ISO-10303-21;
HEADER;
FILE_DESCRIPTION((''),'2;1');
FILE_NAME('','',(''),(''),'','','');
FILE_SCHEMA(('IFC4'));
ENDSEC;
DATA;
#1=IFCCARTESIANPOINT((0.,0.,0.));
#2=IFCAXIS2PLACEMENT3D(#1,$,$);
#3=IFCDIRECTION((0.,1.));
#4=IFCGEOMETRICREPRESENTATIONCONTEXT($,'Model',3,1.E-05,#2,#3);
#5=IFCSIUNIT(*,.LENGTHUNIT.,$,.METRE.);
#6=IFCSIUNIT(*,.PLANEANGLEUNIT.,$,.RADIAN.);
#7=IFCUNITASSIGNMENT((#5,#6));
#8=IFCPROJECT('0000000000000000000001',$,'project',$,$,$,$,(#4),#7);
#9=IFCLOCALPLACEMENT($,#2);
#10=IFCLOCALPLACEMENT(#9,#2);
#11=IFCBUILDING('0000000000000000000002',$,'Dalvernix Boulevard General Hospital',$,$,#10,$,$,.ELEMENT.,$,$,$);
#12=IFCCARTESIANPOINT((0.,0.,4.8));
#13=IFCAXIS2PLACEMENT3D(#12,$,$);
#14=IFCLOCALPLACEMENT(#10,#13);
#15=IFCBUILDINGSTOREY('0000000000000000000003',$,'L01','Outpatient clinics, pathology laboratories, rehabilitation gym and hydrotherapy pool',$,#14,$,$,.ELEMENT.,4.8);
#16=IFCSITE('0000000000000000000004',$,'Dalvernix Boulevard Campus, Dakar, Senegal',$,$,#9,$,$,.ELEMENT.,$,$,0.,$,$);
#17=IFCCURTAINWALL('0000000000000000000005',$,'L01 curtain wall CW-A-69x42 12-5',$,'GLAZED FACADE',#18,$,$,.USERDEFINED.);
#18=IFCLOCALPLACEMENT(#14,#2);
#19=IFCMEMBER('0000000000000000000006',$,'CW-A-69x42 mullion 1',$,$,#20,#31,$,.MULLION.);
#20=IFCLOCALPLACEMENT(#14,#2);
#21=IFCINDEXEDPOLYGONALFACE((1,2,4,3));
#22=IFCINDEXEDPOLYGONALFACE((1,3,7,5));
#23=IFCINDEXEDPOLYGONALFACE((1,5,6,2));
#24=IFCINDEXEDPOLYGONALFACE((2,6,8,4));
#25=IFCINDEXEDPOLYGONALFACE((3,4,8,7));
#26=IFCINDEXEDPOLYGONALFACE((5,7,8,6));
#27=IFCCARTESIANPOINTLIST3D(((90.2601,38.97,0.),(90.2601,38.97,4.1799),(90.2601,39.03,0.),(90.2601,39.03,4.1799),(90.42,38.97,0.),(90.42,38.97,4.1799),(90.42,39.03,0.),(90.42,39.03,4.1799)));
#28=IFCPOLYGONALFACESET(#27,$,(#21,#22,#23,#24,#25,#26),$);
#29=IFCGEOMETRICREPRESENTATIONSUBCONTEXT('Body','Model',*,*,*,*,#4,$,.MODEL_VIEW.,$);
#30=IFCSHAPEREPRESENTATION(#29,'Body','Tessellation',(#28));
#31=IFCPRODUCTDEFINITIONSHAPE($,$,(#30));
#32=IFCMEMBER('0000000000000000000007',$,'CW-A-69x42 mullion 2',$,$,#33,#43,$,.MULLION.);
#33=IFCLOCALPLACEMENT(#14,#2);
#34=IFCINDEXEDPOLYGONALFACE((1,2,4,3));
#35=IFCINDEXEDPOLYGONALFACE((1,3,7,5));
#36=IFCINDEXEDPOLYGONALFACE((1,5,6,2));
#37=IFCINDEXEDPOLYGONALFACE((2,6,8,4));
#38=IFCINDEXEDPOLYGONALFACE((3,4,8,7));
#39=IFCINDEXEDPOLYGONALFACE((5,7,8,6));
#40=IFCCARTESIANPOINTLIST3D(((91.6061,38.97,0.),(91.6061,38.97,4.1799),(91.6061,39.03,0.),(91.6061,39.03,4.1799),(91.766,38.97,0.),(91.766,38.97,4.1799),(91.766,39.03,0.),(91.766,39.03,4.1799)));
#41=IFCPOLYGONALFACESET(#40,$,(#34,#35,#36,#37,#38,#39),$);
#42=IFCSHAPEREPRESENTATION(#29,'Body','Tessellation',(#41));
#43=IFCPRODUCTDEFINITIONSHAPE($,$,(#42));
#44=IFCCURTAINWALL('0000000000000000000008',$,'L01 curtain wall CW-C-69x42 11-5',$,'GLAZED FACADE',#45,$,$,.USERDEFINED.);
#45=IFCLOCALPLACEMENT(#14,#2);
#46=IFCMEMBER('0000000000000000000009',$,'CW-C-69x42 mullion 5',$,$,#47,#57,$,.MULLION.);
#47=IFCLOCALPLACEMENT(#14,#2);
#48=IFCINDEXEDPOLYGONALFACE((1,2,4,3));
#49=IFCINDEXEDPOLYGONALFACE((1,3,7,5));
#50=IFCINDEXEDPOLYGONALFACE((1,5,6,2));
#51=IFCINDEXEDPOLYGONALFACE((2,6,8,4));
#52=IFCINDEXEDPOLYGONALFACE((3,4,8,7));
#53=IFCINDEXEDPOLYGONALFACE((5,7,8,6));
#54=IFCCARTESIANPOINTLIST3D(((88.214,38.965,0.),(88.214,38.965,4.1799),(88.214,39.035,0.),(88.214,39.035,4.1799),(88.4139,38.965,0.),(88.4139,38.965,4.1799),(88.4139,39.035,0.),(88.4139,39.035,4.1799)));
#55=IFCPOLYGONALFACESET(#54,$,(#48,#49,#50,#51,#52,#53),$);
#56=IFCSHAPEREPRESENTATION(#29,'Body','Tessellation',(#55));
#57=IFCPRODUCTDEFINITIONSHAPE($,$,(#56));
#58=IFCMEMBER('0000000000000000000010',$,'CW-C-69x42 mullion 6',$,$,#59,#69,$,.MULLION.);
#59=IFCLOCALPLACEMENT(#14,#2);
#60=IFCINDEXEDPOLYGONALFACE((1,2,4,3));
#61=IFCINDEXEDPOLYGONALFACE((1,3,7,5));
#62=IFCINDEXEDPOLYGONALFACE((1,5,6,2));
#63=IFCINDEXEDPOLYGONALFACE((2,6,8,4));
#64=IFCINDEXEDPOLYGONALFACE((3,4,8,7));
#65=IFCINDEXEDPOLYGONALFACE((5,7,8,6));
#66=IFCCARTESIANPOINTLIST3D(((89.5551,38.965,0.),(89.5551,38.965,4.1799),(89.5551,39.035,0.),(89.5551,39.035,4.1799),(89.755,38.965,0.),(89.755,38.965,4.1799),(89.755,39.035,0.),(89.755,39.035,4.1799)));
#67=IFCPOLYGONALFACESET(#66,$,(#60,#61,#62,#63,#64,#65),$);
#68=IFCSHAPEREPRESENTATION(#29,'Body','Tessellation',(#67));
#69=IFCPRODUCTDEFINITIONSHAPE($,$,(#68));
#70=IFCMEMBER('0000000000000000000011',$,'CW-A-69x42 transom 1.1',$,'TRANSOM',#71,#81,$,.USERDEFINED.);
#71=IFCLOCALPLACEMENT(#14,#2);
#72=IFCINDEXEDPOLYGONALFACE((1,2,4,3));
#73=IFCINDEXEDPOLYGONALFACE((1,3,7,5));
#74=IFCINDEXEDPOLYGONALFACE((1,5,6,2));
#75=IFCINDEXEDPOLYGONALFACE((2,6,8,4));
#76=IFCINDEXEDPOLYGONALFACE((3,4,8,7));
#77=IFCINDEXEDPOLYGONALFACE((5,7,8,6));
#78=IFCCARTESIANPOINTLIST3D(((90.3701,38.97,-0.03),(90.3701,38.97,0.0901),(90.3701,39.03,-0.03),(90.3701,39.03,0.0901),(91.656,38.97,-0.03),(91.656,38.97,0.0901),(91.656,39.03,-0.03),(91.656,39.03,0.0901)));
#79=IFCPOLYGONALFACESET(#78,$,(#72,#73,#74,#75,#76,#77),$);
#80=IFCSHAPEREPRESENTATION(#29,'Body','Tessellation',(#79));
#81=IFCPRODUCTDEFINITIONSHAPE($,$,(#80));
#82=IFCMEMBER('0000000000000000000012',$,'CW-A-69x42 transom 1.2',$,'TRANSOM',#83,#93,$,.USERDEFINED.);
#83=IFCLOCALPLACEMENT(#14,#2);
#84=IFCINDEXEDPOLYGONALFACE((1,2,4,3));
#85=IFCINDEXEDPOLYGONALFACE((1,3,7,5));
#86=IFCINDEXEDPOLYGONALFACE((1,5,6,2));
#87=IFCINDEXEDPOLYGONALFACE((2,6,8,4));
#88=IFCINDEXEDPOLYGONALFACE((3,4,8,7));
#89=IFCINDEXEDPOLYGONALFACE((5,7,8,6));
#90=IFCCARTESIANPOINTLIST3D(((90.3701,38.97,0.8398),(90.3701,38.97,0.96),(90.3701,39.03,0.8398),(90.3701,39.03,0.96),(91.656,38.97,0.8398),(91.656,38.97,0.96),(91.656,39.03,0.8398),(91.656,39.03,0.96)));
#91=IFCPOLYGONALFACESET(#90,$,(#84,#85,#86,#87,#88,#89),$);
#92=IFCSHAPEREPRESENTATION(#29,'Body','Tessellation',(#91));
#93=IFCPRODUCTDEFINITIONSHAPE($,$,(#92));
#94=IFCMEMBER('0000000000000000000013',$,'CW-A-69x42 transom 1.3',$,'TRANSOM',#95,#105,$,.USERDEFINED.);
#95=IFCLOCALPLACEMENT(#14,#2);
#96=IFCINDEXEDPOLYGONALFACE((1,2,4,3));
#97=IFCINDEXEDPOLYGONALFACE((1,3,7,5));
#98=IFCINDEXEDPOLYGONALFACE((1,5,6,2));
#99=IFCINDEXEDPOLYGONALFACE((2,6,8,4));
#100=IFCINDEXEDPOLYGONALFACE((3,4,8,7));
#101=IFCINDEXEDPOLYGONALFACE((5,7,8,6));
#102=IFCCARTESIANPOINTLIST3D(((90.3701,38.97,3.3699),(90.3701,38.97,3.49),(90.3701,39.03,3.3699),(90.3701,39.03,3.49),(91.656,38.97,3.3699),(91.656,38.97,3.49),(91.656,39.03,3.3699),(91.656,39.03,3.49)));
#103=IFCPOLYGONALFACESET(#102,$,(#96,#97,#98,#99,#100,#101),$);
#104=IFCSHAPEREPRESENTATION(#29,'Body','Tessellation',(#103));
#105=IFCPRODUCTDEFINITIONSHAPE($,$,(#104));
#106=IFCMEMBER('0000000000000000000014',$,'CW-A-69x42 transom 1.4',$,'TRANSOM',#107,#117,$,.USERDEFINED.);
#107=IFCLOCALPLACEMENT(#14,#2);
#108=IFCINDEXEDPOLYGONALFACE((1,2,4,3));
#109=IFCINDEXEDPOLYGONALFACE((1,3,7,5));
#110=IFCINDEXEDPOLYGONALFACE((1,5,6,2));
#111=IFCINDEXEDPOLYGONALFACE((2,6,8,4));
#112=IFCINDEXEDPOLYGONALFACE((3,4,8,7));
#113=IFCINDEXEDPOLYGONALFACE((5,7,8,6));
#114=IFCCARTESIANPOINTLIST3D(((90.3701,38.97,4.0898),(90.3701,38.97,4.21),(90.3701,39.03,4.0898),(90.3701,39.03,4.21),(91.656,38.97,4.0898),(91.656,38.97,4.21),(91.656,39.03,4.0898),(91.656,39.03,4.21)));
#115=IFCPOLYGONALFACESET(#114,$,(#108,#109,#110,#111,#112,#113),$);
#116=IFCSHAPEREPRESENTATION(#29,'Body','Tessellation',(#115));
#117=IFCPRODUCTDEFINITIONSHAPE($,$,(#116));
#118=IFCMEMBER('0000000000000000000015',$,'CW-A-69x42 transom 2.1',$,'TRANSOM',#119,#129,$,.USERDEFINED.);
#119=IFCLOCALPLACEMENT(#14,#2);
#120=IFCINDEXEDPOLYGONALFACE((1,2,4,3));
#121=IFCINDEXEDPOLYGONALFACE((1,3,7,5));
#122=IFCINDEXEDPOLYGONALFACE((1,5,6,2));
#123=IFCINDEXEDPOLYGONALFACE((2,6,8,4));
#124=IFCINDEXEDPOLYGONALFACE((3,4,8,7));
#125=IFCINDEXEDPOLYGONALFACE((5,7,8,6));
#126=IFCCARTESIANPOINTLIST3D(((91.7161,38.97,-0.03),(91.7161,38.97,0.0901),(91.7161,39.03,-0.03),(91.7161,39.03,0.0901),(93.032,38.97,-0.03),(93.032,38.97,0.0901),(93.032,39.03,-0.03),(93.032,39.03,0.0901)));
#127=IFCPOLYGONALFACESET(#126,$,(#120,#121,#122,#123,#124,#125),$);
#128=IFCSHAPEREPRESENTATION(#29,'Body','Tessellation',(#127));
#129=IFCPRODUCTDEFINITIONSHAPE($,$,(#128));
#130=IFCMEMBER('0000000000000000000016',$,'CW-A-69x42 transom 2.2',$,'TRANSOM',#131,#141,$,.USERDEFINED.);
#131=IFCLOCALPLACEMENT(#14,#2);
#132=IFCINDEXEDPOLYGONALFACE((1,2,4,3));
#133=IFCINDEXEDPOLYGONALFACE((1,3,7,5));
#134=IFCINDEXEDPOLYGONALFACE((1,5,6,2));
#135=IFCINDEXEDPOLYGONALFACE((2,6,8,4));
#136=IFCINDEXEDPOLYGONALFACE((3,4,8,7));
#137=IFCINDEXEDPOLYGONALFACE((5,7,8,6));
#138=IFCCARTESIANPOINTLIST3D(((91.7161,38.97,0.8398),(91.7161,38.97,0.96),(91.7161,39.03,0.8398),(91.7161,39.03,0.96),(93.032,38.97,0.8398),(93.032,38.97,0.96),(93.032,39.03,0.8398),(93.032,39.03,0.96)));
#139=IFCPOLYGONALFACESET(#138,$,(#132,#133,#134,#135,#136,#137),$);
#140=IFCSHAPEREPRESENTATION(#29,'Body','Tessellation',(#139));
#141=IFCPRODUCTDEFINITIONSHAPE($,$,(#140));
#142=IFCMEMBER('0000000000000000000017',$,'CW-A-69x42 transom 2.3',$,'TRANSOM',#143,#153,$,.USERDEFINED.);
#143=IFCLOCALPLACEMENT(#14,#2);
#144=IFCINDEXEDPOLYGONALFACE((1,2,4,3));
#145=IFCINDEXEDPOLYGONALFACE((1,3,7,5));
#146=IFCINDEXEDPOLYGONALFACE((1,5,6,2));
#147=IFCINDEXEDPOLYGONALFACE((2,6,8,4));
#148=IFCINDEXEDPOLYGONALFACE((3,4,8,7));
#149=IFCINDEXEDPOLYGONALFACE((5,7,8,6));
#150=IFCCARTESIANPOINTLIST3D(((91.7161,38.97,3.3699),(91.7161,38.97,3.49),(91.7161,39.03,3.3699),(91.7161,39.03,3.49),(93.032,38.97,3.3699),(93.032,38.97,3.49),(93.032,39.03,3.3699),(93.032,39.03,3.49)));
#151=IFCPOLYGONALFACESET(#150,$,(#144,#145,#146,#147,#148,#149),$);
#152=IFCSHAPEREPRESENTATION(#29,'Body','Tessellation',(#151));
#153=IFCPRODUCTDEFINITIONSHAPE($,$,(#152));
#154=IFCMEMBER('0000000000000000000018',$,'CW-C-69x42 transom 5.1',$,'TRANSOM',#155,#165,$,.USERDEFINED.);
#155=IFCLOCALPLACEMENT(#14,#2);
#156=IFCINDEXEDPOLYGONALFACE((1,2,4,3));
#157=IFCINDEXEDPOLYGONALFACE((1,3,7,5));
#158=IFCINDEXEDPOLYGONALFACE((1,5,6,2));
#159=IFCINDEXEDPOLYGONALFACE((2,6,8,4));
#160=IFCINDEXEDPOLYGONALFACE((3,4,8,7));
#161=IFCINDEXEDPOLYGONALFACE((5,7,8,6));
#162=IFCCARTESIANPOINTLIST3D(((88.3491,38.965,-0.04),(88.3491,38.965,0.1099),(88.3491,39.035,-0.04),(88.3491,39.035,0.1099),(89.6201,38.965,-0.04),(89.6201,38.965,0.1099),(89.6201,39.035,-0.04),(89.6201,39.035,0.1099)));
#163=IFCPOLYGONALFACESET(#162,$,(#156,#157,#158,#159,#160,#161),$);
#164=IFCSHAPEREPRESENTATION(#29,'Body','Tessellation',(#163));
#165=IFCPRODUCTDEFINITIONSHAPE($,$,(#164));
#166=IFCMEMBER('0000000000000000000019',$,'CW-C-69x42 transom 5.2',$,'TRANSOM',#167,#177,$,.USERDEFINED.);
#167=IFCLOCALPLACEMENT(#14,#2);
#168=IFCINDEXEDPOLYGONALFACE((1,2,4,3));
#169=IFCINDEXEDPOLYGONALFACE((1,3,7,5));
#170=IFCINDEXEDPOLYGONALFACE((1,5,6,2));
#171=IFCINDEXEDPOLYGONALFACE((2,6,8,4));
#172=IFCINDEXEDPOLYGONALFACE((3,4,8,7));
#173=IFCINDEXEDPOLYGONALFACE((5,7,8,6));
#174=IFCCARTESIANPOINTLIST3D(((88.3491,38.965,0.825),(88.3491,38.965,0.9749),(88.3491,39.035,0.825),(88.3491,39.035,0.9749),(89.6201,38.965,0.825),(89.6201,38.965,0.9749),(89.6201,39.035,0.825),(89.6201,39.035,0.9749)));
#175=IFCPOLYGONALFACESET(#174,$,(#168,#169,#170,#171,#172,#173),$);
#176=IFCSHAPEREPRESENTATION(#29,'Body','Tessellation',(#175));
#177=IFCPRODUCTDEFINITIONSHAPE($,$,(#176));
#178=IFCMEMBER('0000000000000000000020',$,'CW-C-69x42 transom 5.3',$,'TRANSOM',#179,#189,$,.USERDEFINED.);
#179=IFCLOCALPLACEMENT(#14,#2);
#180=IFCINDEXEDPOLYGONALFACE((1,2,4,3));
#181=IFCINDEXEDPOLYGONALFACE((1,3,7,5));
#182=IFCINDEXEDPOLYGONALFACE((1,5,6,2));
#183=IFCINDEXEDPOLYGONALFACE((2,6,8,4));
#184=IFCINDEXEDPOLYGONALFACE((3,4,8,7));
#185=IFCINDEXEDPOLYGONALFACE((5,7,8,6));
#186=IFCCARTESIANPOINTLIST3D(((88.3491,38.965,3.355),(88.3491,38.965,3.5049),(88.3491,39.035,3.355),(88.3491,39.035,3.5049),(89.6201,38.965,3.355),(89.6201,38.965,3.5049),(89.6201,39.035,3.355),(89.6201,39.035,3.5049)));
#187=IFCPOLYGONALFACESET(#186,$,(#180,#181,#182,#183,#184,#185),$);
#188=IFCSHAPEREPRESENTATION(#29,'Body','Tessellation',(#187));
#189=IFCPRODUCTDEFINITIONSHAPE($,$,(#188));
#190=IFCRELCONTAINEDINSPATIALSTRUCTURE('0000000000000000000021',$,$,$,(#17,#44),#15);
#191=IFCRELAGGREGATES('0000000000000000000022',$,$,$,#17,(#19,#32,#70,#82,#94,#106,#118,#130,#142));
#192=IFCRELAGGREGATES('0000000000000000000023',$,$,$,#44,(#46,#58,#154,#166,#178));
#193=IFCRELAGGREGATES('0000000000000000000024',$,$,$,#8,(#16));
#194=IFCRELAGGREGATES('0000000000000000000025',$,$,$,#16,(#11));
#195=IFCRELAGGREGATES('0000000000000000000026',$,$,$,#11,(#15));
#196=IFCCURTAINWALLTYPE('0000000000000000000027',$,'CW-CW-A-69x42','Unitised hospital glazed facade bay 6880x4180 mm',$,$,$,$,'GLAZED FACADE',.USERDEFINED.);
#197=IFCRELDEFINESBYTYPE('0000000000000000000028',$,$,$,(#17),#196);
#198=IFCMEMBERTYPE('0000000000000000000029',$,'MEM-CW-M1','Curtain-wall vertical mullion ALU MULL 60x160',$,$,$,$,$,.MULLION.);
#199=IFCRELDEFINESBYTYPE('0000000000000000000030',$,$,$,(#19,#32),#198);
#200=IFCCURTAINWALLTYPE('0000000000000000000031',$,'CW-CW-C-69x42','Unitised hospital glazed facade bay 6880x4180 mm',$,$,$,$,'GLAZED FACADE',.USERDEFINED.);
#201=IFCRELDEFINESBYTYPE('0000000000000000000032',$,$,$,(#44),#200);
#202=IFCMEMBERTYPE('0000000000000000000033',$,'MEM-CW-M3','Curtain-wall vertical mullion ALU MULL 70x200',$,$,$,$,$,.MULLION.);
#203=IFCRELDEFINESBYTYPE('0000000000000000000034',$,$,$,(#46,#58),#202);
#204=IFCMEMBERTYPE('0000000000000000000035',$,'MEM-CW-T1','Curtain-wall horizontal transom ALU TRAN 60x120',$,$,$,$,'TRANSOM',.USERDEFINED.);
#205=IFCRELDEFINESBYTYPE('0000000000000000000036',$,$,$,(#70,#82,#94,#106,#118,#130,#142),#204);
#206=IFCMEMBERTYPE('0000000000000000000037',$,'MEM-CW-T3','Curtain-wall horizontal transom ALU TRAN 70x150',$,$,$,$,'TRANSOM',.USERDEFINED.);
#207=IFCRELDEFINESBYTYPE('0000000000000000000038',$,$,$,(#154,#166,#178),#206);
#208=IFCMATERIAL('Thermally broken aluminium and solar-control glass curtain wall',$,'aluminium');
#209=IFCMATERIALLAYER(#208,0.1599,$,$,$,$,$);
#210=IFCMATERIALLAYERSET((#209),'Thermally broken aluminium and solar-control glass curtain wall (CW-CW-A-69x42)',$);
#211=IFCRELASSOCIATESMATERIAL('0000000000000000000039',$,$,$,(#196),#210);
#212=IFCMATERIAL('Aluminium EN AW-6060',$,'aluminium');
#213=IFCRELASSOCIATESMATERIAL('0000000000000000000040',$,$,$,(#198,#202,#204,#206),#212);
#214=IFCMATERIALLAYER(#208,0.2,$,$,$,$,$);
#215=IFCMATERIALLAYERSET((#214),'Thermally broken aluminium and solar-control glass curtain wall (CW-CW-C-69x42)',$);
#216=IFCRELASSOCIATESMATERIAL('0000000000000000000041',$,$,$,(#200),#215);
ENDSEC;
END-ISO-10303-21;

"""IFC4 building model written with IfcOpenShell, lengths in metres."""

from ifc_helpers import new_model, si_unit, direction, frame, origin, origin_2d, place, context, subcontext, project, spatial, rectangle, extrude, material, layer, layer_set, material_profile, profile_set, type_object, element, aggregate, save


model = new_model("IFC4")

# Units and contexts
model_context = context("Model", 3, precision=1e-05, world=origin(), true_north=direction((0.0, 1.0)))
body_context = subcontext(model_context, "Body", "Model", "MODEL_VIEW")
ifc_project = project(units=[si_unit("LENGTHUNIT", "METRE"), si_unit("PLANEANGLEUNIT", "RADIAN")], contexts=[model_context])

# Site, building, storey
site_placement = place(None, origin())
site = spatial("IfcSite", under=ifc_project, at=site_placement, Name="Dalvernix Boulevard Campus, Dakar, Senegal", CompositionType="ELEMENT", RefElevation=0.0)
building_placement = place(site_placement, origin())
building = spatial("IfcBuilding", under=site, at=building_placement, Name="Dalvernix Boulevard General Hospital", CompositionType="ELEMENT")
storey_placement = place(building_placement, frame((0.0, 0.0, 4.8)))
storey = spatial("IfcBuildingStorey", under=building, at=storey_placement, Name="L01", Description="Outpatient clinics, pathology laboratories, rehabilitation gym and hydrotherapy pool", CompositionType="ELEMENT", Elevation=4.8)

# Curtain walls, members
ifc_material_1 = material(Name="Thermally broken aluminium and solar-control glass curtain wall", Category="aluminium")
ifc_layer_1 = layer(ifc_material_1, 0.1599)
ifc_layer_set_1 = layer_set([ifc_layer_1], Name="Thermally broken aluminium and solar-control glass curtain wall (CW-CW-A-69x42)")
curtain_wall_type_1 = type_object("IfcCurtainWallType", Name="CW-CW-A-69x42", Description="Unitised hospital glazed facade bay 6880x4180 mm", ElementType="GLAZED FACADE", PredefinedType="USERDEFINED", material=ifc_layer_set_1)
curtain_wall_1_placement = place(storey_placement, origin())
curtain_wall_1 = element("IfcCurtainWall", 1, at=curtain_wall_1_placement, inside=storey, type_object=curtain_wall_type_1, Name="L01 curtain wall CW-A-69x42 12-5", ObjectType="GLAZED FACADE", PredefinedType="USERDEFINED")
ifc_material_2 = material(Name="Aluminium EN AW-6060", Category="aluminium")
ifc_material_profile_1 = material_profile(ifc_material_2, rectangle(XDim=0.0601, YDim=0.1599, at=origin_2d()), Name="ALU MULL 60x160")
ifc_profile_set_1 = profile_set([ifc_material_profile_1], Name="Aluminium EN AW-6060")
member_type_1 = type_object("IfcMemberType", Name="MEM-CW-M1", Description="Curtain-wall vertical mullion ALU MULL 60x160", PredefinedType="MULLION", material=ifc_profile_set_1)
member_1_placement = place(storey_placement, frame((90.3401, 39.0, 0.0), z_axis=(0.0, 0.0, 1.0), x_axis=(0.0, 1.0, 0.0)))
member_1 = element("IfcMember", 2, at=member_1_placement, type_object=member_type_1, Name="CW-A-69x42 mullion 1", PredefinedType="MULLION", context=body_context, shape_type="SweptSolid", body=[
    extrude(rectangle(XDim=0.0601, YDim=0.1599, at=origin_2d()), origin(), (0.0, 0.0, 1.0), 4.1799),
])
member_2_placement = place(storey_placement, frame((91.686, 39.0, 0.0), z_axis=(0.0, 0.0, 1.0), x_axis=(0.0, 1.0, 0.0)))
member_2 = element("IfcMember", 3, at=member_2_placement, type_object=member_type_1, Name="CW-A-69x42 mullion 2", PredefinedType="MULLION", context=body_context, shape_type="SweptSolid", body=[
    extrude(rectangle(XDim=0.0601, YDim=0.1599, at=origin_2d()), origin(), (0.0, 0.0, 1.0), 4.1799),
])
ifc_layer_2 = layer(ifc_material_1, 0.2)
ifc_layer_set_2 = layer_set([ifc_layer_2], Name="Thermally broken aluminium and solar-control glass curtain wall (CW-CW-C-69x42)")
curtain_wall_type_2 = type_object("IfcCurtainWallType", Name="CW-CW-C-69x42", Description="Unitised hospital glazed facade bay 6880x4180 mm", ElementType="GLAZED FACADE", PredefinedType="USERDEFINED", material=ifc_layer_set_2)
curtain_wall_2_placement = place(storey_placement, origin())
curtain_wall_2 = element("IfcCurtainWall", 4, at=curtain_wall_2_placement, inside=storey, type_object=curtain_wall_type_2, Name="L01 curtain wall CW-C-69x42 11-5", ObjectType="GLAZED FACADE", PredefinedType="USERDEFINED")
ifc_material_profile_2 = material_profile(ifc_material_2, rectangle(XDim=0.0701, YDim=0.2, at=origin_2d()), Name="ALU MULL 70x200")
ifc_profile_set_2 = profile_set([ifc_material_profile_2], Name="Aluminium EN AW-6060")
member_type_2 = type_object("IfcMemberType", Name="MEM-CW-M3", Description="Curtain-wall vertical mullion ALU MULL 70x200", PredefinedType="MULLION", material=ifc_profile_set_2)
member_3_placement = place(storey_placement, frame((88.314, 39.0, 0.0), z_axis=(0.0, 0.0, 1.0), x_axis=(0.0, 1.0, 0.0)))
member_3 = element("IfcMember", 5, at=member_3_placement, type_object=member_type_2, Name="CW-C-69x42 mullion 5", PredefinedType="MULLION", context=body_context, shape_type="SweptSolid", body=[
    extrude(rectangle(XDim=0.0701, YDim=0.2, at=origin_2d()), origin(), (0.0, 0.0, 1.0), 4.1799),
])
member_4_placement = place(storey_placement, frame((89.655, 39.0, 0.0), z_axis=(0.0, 0.0, 1.0), x_axis=(0.0, 1.0, 0.0)))
member_4 = element("IfcMember", 6, at=member_4_placement, type_object=member_type_2, Name="CW-C-69x42 mullion 6", PredefinedType="MULLION", context=body_context, shape_type="SweptSolid", body=[
    extrude(rectangle(XDim=0.0701, YDim=0.2, at=origin_2d()), origin(), (0.0, 0.0, 1.0), 4.1799),
])

# Members
ifc_material_profile_3 = material_profile(ifc_material_2, rectangle(XDim=0.0601, YDim=0.1201, at=origin_2d()), Name="ALU TRAN 60x120")
ifc_profile_set_3 = profile_set([ifc_material_profile_3], Name="Aluminium EN AW-6060")
member_type_3 = type_object("IfcMemberType", Name="MEM-CW-T1", Description="Curtain-wall horizontal transom ALU TRAN 60x120", ElementType="TRANSOM", PredefinedType="USERDEFINED", material=ifc_profile_set_3)
member_5_placement = place(storey_placement, frame((90.3701, 39.0, 0.03), z_axis=(1.0, 0.0, 0.0), x_axis=(0.0, 1.0, 0.0)))
member_5 = element("IfcMember", 7, at=member_5_placement, type_object=member_type_3, Name="CW-A-69x42 transom 1.1", ObjectType="TRANSOM", PredefinedType="USERDEFINED", context=body_context, shape_type="SweptSolid", body=[
    extrude(rectangle(XDim=0.0601, YDim=0.1201, at=origin_2d()), origin(), (0.0, 0.0, 1.0), 1.2859),
])
member_6_placement = place(storey_placement, frame((90.3701, 39.0, 0.8999), z_axis=(1.0, 0.0, 0.0), x_axis=(0.0, 1.0, 0.0)))
member_6 = element("IfcMember", 8, at=member_6_placement, type_object=member_type_3, Name="CW-A-69x42 transom 1.2", ObjectType="TRANSOM", PredefinedType="USERDEFINED", context=body_context, shape_type="SweptSolid", body=[
    extrude(rectangle(XDim=0.0601, YDim=0.1201, at=origin_2d()), origin(), (0.0, 0.0, 1.0), 1.2859),
])
member_7_placement = place(storey_placement, frame((90.3701, 39.0, 3.4299), z_axis=(1.0, 0.0, 0.0), x_axis=(0.0, 1.0, 0.0)))
member_7 = element("IfcMember", 9, at=member_7_placement, type_object=member_type_3, Name="CW-A-69x42 transom 1.3", ObjectType="TRANSOM", PredefinedType="USERDEFINED", context=body_context, shape_type="SweptSolid", body=[
    extrude(rectangle(XDim=0.0601, YDim=0.1201, at=origin_2d()), origin(), (0.0, 0.0, 1.0), 1.2859),
])
member_8_placement = place(storey_placement, frame((90.3701, 39.0, 4.1499), z_axis=(1.0, 0.0, 0.0), x_axis=(0.0, 1.0, 0.0)))
member_8 = element("IfcMember", 10, at=member_8_placement, type_object=member_type_3, Name="CW-A-69x42 transom 1.4", ObjectType="TRANSOM", PredefinedType="USERDEFINED", context=body_context, shape_type="SweptSolid", body=[
    extrude(rectangle(XDim=0.0601, YDim=0.1201, at=origin_2d()), origin(), (0.0, 0.0, 1.0), 1.2859),
])
member_9_placement = place(storey_placement, frame((91.7161, 39.0, 0.03), z_axis=(1.0, 0.0, 0.0), x_axis=(0.0, 1.0, 0.0)))
member_9 = element("IfcMember", 11, at=member_9_placement, type_object=member_type_3, Name="CW-A-69x42 transom 2.1", ObjectType="TRANSOM", PredefinedType="USERDEFINED", context=body_context, shape_type="SweptSolid", body=[
    extrude(rectangle(XDim=0.0601, YDim=0.1201, at=origin_2d()), origin(), (0.0, 0.0, 1.0), 1.3159),
])
member_10_placement = place(storey_placement, frame((91.7161, 39.0, 0.8999), z_axis=(1.0, 0.0, 0.0), x_axis=(0.0, 1.0, 0.0)))
member_10 = element("IfcMember", 12, at=member_10_placement, type_object=member_type_3, Name="CW-A-69x42 transom 2.2", ObjectType="TRANSOM", PredefinedType="USERDEFINED", context=body_context, shape_type="SweptSolid", body=[
    extrude(rectangle(XDim=0.0601, YDim=0.1201, at=origin_2d()), origin(), (0.0, 0.0, 1.0), 1.3159),
])
member_11_placement = place(storey_placement, frame((91.7161, 39.0, 3.4299), z_axis=(1.0, 0.0, 0.0), x_axis=(0.0, 1.0, 0.0)))
member_11 = element("IfcMember", 13, at=member_11_placement, type_object=member_type_3, Name="CW-A-69x42 transom 2.3", ObjectType="TRANSOM", PredefinedType="USERDEFINED", context=body_context, shape_type="SweptSolid", body=[
    extrude(rectangle(XDim=0.0601, YDim=0.1201, at=origin_2d()), origin(), (0.0, 0.0, 1.0), 1.3159),
])
ifc_material_profile_4 = material_profile(ifc_material_2, rectangle(XDim=0.0701, YDim=0.1499, at=origin_2d()), Name="ALU TRAN 70x150")
ifc_profile_set_4 = profile_set([ifc_material_profile_4], Name="Aluminium EN AW-6060")
member_type_4 = type_object("IfcMemberType", Name="MEM-CW-T3", Description="Curtain-wall horizontal transom ALU TRAN 70x150", ElementType="TRANSOM", PredefinedType="USERDEFINED", material=ifc_profile_set_4)
member_12_placement = place(storey_placement, frame((88.3491, 39.0, 0.0349), z_axis=(1.0, 0.0, 0.0), x_axis=(0.0, 1.0, 0.0)))
member_12 = element("IfcMember", 14, at=member_12_placement, type_object=member_type_4, Name="CW-C-69x42 transom 5.1", ObjectType="TRANSOM", PredefinedType="USERDEFINED", context=body_context, shape_type="SweptSolid", body=[
    extrude(rectangle(XDim=0.0701, YDim=0.1499, at=origin_2d()), origin(), (0.0, 0.0, 1.0), 1.271),
])
member_13_placement = place(storey_placement, frame((88.3491, 39.0, 0.8999), z_axis=(1.0, 0.0, 0.0), x_axis=(0.0, 1.0, 0.0)))
member_13 = element("IfcMember", 15, at=member_13_placement, type_object=member_type_4, Name="CW-C-69x42 transom 5.2", ObjectType="TRANSOM", PredefinedType="USERDEFINED", context=body_context, shape_type="SweptSolid", body=[
    extrude(rectangle(XDim=0.0701, YDim=0.1499, at=origin_2d()), origin(), (0.0, 0.0, 1.0), 1.271),
])
member_14_placement = place(storey_placement, frame((88.3491, 39.0, 3.4299), z_axis=(1.0, 0.0, 0.0), x_axis=(0.0, 1.0, 0.0)))
member_14 = element("IfcMember", 16, at=member_14_placement, type_object=member_type_4, Name="CW-C-69x42 transom 5.3", ObjectType="TRANSOM", PredefinedType="USERDEFINED", context=body_context, shape_type="SweptSolid", body=[
    extrude(rectangle(XDim=0.0701, YDim=0.1499, at=origin_2d()), origin(), (0.0, 0.0, 1.0), 1.271),
])

aggregate(curtain_wall_1, [member_1, member_2, member_5, member_6, member_7, member_8, member_9, member_10, member_11])
aggregate(curtain_wall_2, [member_3, member_4, member_12, member_13, member_14])

save(model, "model.ifc")
